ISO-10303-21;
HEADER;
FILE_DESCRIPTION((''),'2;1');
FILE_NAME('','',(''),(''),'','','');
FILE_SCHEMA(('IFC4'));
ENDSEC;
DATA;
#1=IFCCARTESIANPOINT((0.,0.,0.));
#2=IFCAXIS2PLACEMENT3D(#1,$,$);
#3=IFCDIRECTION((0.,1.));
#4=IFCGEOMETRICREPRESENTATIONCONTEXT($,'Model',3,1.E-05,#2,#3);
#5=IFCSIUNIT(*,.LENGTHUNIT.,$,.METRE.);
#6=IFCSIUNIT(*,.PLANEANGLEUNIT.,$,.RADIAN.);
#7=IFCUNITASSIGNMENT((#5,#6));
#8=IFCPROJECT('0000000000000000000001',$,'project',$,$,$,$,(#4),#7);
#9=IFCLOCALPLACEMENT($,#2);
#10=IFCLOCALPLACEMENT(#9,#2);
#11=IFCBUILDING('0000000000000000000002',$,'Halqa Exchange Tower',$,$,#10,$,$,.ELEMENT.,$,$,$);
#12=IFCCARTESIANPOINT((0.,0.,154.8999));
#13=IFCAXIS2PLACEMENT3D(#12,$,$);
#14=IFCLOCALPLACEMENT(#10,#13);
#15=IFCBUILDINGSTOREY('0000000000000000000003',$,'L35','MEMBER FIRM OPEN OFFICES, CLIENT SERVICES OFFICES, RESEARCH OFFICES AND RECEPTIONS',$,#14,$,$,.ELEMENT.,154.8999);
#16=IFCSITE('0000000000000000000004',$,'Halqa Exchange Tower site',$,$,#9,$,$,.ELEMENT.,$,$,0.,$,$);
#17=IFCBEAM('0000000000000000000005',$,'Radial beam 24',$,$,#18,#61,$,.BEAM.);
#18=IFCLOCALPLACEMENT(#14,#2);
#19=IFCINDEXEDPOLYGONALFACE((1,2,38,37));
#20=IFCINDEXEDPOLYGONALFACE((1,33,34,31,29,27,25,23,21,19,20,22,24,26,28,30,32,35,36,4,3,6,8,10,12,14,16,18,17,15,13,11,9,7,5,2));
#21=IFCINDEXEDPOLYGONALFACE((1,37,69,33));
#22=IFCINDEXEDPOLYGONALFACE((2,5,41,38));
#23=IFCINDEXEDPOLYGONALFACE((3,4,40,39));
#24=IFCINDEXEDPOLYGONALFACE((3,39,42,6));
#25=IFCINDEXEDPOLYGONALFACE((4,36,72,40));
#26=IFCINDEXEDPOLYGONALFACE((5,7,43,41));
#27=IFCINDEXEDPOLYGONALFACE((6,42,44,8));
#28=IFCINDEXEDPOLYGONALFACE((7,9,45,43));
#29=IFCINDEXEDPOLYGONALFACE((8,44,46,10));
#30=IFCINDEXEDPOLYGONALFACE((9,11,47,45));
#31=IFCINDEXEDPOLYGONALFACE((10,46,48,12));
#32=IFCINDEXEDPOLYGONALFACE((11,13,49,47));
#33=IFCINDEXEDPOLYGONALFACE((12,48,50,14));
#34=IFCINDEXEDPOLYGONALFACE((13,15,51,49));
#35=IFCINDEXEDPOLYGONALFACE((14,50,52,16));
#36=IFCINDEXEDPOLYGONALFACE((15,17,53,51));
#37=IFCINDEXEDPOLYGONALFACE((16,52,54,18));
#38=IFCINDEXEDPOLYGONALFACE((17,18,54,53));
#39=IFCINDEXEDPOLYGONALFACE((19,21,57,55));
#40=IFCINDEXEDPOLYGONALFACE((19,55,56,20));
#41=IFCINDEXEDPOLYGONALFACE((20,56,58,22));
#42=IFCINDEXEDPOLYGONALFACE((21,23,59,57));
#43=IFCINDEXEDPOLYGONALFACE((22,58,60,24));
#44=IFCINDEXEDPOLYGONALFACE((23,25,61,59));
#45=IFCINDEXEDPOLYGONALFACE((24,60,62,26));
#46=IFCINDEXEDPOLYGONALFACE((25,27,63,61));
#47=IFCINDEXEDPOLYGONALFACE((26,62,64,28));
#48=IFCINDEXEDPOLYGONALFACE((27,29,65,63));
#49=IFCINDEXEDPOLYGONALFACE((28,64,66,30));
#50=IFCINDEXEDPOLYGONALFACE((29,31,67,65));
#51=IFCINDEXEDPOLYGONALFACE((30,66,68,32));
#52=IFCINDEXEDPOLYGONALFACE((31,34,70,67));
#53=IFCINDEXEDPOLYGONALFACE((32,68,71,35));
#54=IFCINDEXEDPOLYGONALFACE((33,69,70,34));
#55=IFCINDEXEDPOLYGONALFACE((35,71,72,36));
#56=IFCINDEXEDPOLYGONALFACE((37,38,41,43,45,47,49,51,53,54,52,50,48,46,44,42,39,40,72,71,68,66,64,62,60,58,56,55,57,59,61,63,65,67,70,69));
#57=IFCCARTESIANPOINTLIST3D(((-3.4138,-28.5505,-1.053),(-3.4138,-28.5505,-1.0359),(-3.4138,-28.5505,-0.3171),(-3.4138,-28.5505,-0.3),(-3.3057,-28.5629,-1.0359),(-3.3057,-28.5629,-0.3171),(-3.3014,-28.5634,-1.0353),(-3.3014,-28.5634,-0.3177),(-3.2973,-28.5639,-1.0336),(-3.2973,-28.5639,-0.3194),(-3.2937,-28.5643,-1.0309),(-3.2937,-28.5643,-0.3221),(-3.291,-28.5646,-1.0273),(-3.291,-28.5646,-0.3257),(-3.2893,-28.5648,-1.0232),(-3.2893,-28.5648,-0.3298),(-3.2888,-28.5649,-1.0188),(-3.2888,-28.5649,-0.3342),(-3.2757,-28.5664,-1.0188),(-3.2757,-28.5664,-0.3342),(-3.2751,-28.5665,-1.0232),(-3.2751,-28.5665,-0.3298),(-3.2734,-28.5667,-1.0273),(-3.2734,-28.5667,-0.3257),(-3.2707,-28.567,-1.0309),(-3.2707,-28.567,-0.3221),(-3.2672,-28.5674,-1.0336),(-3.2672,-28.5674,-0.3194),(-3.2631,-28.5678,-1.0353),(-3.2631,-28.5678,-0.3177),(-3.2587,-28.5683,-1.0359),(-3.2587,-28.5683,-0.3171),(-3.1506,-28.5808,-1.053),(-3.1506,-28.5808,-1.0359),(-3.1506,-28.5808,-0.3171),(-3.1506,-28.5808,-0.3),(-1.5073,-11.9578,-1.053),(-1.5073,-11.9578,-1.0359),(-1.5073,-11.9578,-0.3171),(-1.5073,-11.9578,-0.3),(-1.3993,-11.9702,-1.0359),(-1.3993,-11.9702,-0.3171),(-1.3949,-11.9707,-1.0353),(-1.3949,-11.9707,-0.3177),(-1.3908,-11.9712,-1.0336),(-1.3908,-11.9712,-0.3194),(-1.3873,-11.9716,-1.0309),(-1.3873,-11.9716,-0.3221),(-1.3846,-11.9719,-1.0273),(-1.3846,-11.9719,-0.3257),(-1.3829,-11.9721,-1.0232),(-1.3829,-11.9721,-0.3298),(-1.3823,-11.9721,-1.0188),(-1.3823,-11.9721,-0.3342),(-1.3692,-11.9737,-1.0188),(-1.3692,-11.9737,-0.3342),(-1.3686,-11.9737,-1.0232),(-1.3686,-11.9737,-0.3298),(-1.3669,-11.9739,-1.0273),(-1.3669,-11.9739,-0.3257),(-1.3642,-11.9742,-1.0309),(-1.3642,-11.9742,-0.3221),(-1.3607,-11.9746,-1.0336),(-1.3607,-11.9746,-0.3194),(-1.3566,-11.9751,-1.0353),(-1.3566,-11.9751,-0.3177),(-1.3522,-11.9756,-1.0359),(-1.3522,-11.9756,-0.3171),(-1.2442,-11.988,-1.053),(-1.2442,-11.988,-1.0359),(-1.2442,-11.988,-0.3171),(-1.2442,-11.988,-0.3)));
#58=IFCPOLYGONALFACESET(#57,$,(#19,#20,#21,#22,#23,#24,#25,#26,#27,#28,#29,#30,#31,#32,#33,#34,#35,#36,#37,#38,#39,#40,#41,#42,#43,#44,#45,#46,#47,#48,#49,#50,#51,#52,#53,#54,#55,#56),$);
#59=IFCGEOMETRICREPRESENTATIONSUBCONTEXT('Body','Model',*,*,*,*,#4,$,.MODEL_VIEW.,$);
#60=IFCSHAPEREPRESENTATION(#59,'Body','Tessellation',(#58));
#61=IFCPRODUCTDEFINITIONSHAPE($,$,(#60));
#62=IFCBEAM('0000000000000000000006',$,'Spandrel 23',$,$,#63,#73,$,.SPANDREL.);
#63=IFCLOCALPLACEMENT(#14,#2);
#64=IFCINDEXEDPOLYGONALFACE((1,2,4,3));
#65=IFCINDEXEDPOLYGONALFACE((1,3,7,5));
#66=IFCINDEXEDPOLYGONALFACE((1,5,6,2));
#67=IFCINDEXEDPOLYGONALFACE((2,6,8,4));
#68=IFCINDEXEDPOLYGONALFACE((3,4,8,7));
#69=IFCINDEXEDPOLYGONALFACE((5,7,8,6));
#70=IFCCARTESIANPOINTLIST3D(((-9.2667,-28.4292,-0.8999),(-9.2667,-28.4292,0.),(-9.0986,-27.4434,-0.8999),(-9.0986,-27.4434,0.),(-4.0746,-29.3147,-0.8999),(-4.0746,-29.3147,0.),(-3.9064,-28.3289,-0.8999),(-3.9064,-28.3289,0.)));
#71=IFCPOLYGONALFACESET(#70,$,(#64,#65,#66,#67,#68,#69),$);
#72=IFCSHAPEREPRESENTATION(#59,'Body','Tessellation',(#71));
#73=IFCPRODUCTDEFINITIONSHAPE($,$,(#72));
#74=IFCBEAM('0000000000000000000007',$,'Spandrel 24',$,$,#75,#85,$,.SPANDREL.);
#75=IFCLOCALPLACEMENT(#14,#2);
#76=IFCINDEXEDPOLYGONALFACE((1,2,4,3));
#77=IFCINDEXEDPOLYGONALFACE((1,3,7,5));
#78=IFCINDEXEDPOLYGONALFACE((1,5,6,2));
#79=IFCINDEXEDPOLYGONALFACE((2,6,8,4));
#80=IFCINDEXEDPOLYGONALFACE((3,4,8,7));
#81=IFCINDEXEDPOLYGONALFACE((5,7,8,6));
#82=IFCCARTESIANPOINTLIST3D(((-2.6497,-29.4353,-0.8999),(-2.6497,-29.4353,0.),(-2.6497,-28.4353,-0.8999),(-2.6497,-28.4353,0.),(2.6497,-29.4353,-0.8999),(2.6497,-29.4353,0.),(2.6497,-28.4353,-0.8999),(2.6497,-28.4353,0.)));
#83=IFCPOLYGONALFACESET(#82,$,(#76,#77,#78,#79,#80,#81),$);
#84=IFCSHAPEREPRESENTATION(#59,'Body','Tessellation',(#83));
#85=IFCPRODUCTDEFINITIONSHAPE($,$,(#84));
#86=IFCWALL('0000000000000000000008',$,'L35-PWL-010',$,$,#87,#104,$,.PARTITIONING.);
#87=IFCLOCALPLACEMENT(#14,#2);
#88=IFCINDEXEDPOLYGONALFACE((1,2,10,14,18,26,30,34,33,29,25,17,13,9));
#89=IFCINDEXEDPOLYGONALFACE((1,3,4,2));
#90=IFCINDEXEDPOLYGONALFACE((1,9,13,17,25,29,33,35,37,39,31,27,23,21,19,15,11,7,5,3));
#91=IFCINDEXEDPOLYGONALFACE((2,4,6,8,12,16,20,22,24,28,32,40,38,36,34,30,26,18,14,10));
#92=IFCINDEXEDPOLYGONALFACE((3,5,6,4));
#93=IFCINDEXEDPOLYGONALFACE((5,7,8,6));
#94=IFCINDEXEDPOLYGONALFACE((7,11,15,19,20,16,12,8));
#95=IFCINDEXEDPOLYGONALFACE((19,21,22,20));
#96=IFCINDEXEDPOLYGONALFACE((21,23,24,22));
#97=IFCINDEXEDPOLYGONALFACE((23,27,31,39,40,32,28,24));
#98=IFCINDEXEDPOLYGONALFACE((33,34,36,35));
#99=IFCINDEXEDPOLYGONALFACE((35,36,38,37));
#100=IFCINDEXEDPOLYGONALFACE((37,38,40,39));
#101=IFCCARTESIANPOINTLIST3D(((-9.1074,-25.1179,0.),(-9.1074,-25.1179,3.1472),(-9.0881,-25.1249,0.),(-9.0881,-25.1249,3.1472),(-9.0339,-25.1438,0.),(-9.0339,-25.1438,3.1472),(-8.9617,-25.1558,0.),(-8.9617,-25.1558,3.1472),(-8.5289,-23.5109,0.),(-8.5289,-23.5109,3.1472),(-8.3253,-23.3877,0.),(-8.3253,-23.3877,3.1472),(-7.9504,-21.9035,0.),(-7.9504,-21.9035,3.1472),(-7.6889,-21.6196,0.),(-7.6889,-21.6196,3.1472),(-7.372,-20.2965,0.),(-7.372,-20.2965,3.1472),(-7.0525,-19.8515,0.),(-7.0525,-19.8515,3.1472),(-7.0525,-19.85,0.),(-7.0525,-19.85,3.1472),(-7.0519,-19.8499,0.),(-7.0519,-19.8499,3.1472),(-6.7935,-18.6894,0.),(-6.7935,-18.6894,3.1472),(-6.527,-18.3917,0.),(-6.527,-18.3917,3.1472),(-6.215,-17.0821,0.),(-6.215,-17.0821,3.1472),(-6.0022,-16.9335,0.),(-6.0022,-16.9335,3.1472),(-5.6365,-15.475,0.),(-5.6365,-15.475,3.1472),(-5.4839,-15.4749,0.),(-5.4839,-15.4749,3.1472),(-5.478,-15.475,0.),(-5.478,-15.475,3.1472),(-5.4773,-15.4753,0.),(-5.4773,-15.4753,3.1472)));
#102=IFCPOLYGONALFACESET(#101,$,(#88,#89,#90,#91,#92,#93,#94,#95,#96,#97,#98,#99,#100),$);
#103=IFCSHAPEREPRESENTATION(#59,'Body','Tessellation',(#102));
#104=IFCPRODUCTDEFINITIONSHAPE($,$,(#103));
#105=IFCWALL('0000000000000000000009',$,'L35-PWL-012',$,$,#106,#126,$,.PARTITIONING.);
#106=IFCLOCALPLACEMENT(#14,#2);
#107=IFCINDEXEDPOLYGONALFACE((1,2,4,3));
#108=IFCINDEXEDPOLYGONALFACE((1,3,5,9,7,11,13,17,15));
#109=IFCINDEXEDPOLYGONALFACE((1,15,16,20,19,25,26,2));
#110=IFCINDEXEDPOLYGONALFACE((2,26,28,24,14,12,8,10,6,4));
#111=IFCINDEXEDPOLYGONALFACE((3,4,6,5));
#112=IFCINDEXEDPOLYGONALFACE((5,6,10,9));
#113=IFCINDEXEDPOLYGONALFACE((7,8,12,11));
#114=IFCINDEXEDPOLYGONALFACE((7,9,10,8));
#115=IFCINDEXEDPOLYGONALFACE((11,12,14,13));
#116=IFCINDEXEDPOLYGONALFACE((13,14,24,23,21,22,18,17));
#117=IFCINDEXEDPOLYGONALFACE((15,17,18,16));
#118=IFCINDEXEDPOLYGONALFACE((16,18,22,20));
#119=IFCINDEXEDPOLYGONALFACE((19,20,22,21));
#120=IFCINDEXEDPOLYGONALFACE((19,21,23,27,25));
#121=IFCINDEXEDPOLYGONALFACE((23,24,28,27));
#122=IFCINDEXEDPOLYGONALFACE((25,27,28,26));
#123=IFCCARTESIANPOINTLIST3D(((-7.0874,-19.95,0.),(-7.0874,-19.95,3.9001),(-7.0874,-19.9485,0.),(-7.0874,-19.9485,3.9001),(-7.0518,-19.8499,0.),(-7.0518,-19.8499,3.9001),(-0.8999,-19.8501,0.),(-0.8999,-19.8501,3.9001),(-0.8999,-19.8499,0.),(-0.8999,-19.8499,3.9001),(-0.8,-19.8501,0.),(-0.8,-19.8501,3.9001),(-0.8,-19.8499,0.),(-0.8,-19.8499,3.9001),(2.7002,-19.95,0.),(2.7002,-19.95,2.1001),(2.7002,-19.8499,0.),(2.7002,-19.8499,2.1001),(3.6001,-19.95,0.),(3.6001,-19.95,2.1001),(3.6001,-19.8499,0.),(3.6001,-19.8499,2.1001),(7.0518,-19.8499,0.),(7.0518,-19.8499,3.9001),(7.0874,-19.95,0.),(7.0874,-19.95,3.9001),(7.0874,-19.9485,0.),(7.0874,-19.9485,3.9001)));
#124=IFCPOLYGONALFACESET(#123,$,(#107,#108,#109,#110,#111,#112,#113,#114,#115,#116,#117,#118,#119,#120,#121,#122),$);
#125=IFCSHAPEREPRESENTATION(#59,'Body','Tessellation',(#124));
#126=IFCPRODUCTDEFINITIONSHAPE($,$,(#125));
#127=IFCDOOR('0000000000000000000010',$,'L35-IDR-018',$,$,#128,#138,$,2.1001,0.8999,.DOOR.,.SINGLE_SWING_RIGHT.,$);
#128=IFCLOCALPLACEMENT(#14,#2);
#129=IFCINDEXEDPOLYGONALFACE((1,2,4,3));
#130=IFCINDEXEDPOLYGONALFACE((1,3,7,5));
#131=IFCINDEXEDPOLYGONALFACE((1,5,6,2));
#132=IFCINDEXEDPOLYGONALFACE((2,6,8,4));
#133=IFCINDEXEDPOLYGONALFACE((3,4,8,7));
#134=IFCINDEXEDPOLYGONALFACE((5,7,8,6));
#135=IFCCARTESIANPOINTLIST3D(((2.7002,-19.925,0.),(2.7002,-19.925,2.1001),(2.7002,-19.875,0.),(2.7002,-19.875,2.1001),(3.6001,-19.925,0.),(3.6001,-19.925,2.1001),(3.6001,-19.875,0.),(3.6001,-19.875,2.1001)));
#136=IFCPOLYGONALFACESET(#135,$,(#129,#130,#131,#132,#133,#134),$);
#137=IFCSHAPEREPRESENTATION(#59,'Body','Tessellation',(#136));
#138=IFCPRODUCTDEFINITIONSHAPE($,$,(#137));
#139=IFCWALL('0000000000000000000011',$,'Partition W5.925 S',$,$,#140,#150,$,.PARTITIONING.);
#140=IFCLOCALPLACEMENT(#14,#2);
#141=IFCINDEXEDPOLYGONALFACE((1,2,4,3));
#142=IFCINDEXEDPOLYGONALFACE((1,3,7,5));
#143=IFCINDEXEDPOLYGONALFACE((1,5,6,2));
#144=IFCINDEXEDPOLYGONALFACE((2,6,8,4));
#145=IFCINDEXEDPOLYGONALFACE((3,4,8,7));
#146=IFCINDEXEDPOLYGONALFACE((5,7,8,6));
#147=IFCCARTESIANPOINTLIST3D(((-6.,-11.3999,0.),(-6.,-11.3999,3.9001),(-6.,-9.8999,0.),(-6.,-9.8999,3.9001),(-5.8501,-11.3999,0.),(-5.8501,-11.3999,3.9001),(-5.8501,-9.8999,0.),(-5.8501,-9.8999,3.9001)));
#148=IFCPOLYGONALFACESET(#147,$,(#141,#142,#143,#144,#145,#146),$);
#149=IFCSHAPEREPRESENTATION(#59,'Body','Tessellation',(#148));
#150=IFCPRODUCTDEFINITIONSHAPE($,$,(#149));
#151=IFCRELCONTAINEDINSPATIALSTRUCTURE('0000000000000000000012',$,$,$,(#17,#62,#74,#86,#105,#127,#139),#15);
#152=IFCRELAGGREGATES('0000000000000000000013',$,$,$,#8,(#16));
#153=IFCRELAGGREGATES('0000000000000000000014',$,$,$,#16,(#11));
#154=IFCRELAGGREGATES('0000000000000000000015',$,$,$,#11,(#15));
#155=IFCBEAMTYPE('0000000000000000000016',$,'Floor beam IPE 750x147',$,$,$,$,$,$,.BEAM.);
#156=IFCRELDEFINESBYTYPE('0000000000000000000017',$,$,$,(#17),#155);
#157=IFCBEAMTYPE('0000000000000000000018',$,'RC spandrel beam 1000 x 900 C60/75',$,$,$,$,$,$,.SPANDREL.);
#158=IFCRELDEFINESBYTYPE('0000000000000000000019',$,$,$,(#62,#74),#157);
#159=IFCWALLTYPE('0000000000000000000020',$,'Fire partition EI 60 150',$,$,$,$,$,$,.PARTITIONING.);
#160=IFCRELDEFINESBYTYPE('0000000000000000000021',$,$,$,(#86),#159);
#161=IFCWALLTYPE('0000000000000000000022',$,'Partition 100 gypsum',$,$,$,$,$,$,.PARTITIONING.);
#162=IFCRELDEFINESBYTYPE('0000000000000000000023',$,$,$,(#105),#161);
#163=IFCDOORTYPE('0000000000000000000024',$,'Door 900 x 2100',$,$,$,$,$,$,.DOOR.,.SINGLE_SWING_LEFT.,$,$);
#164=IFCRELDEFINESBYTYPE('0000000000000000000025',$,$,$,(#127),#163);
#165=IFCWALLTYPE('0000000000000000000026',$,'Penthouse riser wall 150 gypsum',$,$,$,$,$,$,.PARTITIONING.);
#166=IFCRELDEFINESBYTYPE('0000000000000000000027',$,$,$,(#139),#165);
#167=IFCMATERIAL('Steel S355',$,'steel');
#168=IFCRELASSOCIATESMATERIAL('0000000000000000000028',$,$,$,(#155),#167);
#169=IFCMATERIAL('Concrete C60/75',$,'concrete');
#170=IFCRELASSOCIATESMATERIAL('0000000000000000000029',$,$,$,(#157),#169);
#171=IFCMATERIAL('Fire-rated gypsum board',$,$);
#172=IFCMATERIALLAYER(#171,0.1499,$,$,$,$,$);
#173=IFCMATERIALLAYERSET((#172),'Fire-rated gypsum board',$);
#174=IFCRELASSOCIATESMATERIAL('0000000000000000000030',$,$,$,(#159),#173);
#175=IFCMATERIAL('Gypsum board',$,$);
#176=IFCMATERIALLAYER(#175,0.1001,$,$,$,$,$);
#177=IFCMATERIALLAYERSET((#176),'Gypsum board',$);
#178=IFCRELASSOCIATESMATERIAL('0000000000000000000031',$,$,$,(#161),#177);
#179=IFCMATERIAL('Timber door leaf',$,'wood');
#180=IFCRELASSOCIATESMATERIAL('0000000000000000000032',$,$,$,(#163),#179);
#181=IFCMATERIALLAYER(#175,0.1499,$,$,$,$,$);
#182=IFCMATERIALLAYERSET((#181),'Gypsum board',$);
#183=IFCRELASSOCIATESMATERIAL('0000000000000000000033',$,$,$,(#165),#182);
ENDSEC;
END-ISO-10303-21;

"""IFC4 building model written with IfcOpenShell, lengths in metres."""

from ifc_helpers import new_model, si_unit, direction, frame, frame_2d, origin, origin_2d, place, context, subcontext, project, spatial, polyline, rectangle, i_section, outline, extrude, material, layer, layer_set, material_profile, profile_set, type_object, element, fill, save


model = new_model("IFC4")

# Units and contexts
model_context = context("Model", 3, precision=1e-05, world=origin(), true_north=direction((0.0, 1.0)))
body_context = subcontext(model_context, "Body", "Model", "MODEL_VIEW")
ifc_project = project(units=[si_unit("LENGTHUNIT", "METRE"), si_unit("PLANEANGLEUNIT", "RADIAN")], contexts=[model_context])

# Site, building, storey
site_placement = place(None, origin())
site = spatial("IfcSite", under=ifc_project, at=site_placement, Name="Halqa Exchange Tower site", CompositionType="ELEMENT", RefElevation=0.0)
building_placement = place(site_placement, origin())
building = spatial("IfcBuilding", under=site, at=building_placement, Name="Halqa Exchange Tower", CompositionType="ELEMENT")
storey_placement = place(building_placement, frame((0.0, 0.0, 154.8999)))
storey = spatial("IfcBuildingStorey", under=building, at=storey_placement, Name="L35", Description="MEMBER FIRM OPEN OFFICES, CLIENT SERVICES OFFICES, RESEARCH OFFICES AND RECEPTIONS", CompositionType="ELEMENT", Elevation=154.8999)

# Beams
ifc_material_1 = material(Name="Steel S355", Category="steel")
ifc_material_profile_1 = material_profile(ifc_material_1, i_section(OverallWidth=0.2649, OverallDepth=0.7529, WebThickness=0.0132, FlangeThickness=0.0171, FilletRadius=0.0171, at=origin_2d()), Name="IPE 750x147")
ifc_profile_set_1 = profile_set([ifc_material_profile_1], Name="Steel S355")
beam_type_1 = type_object("IfcBeamType", Name="Floor beam IPE 750x147", PredefinedType="BEAM", material=ifc_profile_set_1)
beam_1_placement = place(storey_placement, frame((-1.3757, -11.9729, -0.6765), z_axis=(-0.114148, -0.993464, 0.0), x_axis=(0.993464, -0.114148, 0.0)))
element("IfcBeam", 1, at=beam_1_placement, inside=storey, type_object=beam_type_1, Name="Radial beam 24", PredefinedType="BEAM", context=body_context, shape_type="SweptSolid", body=[
    extrude(i_section(OverallWidth=0.2649, OverallDepth=0.7529, WebThickness=0.0132, FlangeThickness=0.0171, FilletRadius=0.0171, at=origin_2d()), origin(), (0.0, 0.0, 1.0), 16.7019),
])
ifc_material_2 = material(Name="Concrete C60/75", Category="concrete")
ifc_material_profile_2 = material_profile(ifc_material_2, rectangle(XDim=1.0, YDim=0.8999, at=origin_2d()), Name="1000 x 900")
ifc_profile_set_2 = profile_set([ifc_material_profile_2], Name="Concrete C60/75")
beam_type_2 = type_object("IfcBeamType", Name="RC spandrel beam 1000 x 900 C60/75", PredefinedType="SPANDREL", material=ifc_profile_set_2)
beam_2_placement = place(storey_placement, frame((-9.1826, -27.9363, -0.45), z_axis=(0.985767, -0.168119, 0.0), x_axis=(0.168119, 0.985767, 0.0)))
element("IfcBeam", 2, at=beam_2_placement, inside=storey, type_object=beam_type_2, Name="Spandrel 23", PredefinedType="SPANDREL", context=body_context, shape_type="SweptSolid", body=[
    extrude(rectangle(XDim=1.0, YDim=0.8999, at=origin_2d()), origin(), (0.0, 0.0, 1.0), 5.2671),
])
beam_3_placement = place(storey_placement, frame((-2.6497, -28.9353, -0.45), z_axis=(1.0, 0.0, 0.0), x_axis=(0.0, 1.0, 0.0)))
element("IfcBeam", 3, at=beam_3_placement, inside=storey, type_object=beam_type_2, Name="Spandrel 24", PredefinedType="SPANDREL", context=body_context, shape_type="SweptSolid", body=[
    extrude(rectangle(XDim=1.0, YDim=0.8999, at=origin_2d()), origin(), (0.0, 0.0, 1.0), 5.2993),
])

# Wall
ifc_material_3 = material(Name="Fire-rated gypsum board")
ifc_layer_1 = layer(ifc_material_3, 0.1499)
ifc_layer_set_1 = layer_set([ifc_layer_1], Name="Fire-rated gypsum board")
wall_type_1 = type_object("IfcWallType", Name="Fire partition EI 60 150", PredefinedType="PARTITIONING", material=ifc_layer_set_1)
wall_1_placement = place(storey_placement, frame((-9.0369, -25.1433, 0.0), z_axis=(0.0, 0.0, 1.0), x_axis=(0.338668, 0.940906, 0.0)))
element("IfcWall", 4, at=wall_1_placement, inside=storey, type_object=wall_type_1, Name="L35-PWL-010", PredefinedType="PARTITIONING", context=body_context, shape_type="SweptSolid", body=[
    extrude(outline(polyline([(0.0137, -0.075), (1.8928, -0.075), (3.772, -0.075), (5.6511, -0.075), (5.6526, -0.0745), (5.6528, -0.075), (7.2026, -0.075), (8.7524, -0.075), (10.3022, -0.075), (10.3022, -0.0742), (10.3003, -0.0686), (10.3003, -0.0686), (10.2485, 0.075), (8.5405, 0.075), (6.8323, 0.075), (5.1243, 0.075), (3.4163, 0.075), (1.708, 0.075), (0.0, 0.075), (0.0, 0.0544), (0.0005, -0.0029), (0.0137, -0.075)])), origin(), (0.0, 0.0, 1.0), 3.1472),
])

# Wall, opening, door
ifc_material_4 = material(Name="Gypsum board")
ifc_layer_2 = layer(ifc_material_4, 0.1001)
ifc_layer_set_2 = layer_set([ifc_layer_2], Name="Gypsum board")
wall_type_2 = type_object("IfcWallType", Name="Partition 100 gypsum", PredefinedType="PARTITIONING", material=ifc_layer_set_2)
wall_2_placement = place(storey_placement, frame((-7.0874, -19.8999, 0.0), z_axis=(0.0, 0.0, 1.0), x_axis=(1.0, 0.0, 0.0)))
wall_2 = element("IfcWall", 5, at=wall_2_placement, inside=storey, type_object=wall_type_2, Name="L35-PWL-012", PredefinedType="PARTITIONING", context=body_context, shape_type="SweptSolid", body=[
    extrude(outline(polyline([(14.1748, -0.05), (14.1748, -0.0486), (14.1392, 0.05), (12.1763, 0.05), (10.2134, 0.05), (8.2502, 0.05), (6.2874, 0.05), (6.2874, 0.0498), (6.1875, 0.0498), (6.1875, 0.05), (4.6494, 0.05), (3.1116, 0.05), (1.5735, 0.05), (0.0356, 0.05), (0.0, -0.0486), (0.0, -0.05), (1.772, -0.05), (3.5437, -0.05), (5.3154, -0.05), (7.0874, -0.05), (8.8594, -0.05), (10.6311, -0.05), (12.4028, -0.05), (14.1748, -0.05)])), origin(), (0.0, 0.0, 1.0), 3.9001),
])
opening_1_placement = place(wall_2_placement, frame((9.7876, 0.0, 0.0)))
opening_1 = element("IfcOpeningElement", 6, at=opening_1_placement, cuts=wall_2, PredefinedType="OPENING", context=body_context, shape_type="SweptSolid", body=[
    extrude(rectangle(XDim=0.8999, YDim=2.1001, at=frame_2d((0.45, 1.05))), frame((0.0, 0.062, 0.0), z_axis=(0.0, -1.0, 0.0), x_axis=(1.0, 0.0, 0.0)), (0.0, 0.0, 1.0), 0.124),
])
ifc_material_5 = material(Name="Timber door leaf", Category="wood")
door_type_1 = type_object("IfcDoorType", Name="Door 900 x 2100", OperationType="SINGLE_SWING_LEFT", PredefinedType="DOOR", material=ifc_material_5)
door_1_placement = place(opening_1_placement, origin())
door_1 = element("IfcDoor", 7, at=door_1_placement, inside=storey, type_object=door_type_1, Name="L35-IDR-018", OperationType="SINGLE_SWING_RIGHT", OverallHeight=2.1001, OverallWidth=0.8999, PredefinedType="DOOR", context=body_context, shape_type="SweptSolid", body=[
    extrude(rectangle(XDim=0.8999, YDim=2.1001, at=frame_2d((0.45, 1.05))), frame((0.0, 0.0249, 0.0), z_axis=(0.0, -1.0, 0.0), x_axis=(1.0, 0.0, 0.0)), (0.0, 0.0, 1.0), 0.05),
])
fill(opening_1, door_1)

# Wall
ifc_layer_3 = layer(ifc_material_4, 0.1499)
ifc_layer_set_3 = layer_set([ifc_layer_3], Name="Gypsum board")
wall_type_3 = type_object("IfcWallType", Name="Penthouse riser wall 150 gypsum", PredefinedType="PARTITIONING", material=ifc_layer_set_3)
wall_3_placement = place(storey_placement, frame((-5.925, -11.3999, 0.0), z_axis=(0.0, 0.0, 1.0), x_axis=(0.0, 1.0, 0.0)))
element("IfcWall", 8, at=wall_3_placement, inside=storey, type_object=wall_type_3, Name="Partition W5.925 S", PredefinedType="PARTITIONING", context=body_context, shape_type="SweptSolid", body=[
    extrude(rectangle(XDim=1.5, YDim=0.1499, at=frame_2d((0.75, 0.0))), origin(), (0.0, 0.0, 1.0), 3.9001),
])

save(model, "model.ifc")
